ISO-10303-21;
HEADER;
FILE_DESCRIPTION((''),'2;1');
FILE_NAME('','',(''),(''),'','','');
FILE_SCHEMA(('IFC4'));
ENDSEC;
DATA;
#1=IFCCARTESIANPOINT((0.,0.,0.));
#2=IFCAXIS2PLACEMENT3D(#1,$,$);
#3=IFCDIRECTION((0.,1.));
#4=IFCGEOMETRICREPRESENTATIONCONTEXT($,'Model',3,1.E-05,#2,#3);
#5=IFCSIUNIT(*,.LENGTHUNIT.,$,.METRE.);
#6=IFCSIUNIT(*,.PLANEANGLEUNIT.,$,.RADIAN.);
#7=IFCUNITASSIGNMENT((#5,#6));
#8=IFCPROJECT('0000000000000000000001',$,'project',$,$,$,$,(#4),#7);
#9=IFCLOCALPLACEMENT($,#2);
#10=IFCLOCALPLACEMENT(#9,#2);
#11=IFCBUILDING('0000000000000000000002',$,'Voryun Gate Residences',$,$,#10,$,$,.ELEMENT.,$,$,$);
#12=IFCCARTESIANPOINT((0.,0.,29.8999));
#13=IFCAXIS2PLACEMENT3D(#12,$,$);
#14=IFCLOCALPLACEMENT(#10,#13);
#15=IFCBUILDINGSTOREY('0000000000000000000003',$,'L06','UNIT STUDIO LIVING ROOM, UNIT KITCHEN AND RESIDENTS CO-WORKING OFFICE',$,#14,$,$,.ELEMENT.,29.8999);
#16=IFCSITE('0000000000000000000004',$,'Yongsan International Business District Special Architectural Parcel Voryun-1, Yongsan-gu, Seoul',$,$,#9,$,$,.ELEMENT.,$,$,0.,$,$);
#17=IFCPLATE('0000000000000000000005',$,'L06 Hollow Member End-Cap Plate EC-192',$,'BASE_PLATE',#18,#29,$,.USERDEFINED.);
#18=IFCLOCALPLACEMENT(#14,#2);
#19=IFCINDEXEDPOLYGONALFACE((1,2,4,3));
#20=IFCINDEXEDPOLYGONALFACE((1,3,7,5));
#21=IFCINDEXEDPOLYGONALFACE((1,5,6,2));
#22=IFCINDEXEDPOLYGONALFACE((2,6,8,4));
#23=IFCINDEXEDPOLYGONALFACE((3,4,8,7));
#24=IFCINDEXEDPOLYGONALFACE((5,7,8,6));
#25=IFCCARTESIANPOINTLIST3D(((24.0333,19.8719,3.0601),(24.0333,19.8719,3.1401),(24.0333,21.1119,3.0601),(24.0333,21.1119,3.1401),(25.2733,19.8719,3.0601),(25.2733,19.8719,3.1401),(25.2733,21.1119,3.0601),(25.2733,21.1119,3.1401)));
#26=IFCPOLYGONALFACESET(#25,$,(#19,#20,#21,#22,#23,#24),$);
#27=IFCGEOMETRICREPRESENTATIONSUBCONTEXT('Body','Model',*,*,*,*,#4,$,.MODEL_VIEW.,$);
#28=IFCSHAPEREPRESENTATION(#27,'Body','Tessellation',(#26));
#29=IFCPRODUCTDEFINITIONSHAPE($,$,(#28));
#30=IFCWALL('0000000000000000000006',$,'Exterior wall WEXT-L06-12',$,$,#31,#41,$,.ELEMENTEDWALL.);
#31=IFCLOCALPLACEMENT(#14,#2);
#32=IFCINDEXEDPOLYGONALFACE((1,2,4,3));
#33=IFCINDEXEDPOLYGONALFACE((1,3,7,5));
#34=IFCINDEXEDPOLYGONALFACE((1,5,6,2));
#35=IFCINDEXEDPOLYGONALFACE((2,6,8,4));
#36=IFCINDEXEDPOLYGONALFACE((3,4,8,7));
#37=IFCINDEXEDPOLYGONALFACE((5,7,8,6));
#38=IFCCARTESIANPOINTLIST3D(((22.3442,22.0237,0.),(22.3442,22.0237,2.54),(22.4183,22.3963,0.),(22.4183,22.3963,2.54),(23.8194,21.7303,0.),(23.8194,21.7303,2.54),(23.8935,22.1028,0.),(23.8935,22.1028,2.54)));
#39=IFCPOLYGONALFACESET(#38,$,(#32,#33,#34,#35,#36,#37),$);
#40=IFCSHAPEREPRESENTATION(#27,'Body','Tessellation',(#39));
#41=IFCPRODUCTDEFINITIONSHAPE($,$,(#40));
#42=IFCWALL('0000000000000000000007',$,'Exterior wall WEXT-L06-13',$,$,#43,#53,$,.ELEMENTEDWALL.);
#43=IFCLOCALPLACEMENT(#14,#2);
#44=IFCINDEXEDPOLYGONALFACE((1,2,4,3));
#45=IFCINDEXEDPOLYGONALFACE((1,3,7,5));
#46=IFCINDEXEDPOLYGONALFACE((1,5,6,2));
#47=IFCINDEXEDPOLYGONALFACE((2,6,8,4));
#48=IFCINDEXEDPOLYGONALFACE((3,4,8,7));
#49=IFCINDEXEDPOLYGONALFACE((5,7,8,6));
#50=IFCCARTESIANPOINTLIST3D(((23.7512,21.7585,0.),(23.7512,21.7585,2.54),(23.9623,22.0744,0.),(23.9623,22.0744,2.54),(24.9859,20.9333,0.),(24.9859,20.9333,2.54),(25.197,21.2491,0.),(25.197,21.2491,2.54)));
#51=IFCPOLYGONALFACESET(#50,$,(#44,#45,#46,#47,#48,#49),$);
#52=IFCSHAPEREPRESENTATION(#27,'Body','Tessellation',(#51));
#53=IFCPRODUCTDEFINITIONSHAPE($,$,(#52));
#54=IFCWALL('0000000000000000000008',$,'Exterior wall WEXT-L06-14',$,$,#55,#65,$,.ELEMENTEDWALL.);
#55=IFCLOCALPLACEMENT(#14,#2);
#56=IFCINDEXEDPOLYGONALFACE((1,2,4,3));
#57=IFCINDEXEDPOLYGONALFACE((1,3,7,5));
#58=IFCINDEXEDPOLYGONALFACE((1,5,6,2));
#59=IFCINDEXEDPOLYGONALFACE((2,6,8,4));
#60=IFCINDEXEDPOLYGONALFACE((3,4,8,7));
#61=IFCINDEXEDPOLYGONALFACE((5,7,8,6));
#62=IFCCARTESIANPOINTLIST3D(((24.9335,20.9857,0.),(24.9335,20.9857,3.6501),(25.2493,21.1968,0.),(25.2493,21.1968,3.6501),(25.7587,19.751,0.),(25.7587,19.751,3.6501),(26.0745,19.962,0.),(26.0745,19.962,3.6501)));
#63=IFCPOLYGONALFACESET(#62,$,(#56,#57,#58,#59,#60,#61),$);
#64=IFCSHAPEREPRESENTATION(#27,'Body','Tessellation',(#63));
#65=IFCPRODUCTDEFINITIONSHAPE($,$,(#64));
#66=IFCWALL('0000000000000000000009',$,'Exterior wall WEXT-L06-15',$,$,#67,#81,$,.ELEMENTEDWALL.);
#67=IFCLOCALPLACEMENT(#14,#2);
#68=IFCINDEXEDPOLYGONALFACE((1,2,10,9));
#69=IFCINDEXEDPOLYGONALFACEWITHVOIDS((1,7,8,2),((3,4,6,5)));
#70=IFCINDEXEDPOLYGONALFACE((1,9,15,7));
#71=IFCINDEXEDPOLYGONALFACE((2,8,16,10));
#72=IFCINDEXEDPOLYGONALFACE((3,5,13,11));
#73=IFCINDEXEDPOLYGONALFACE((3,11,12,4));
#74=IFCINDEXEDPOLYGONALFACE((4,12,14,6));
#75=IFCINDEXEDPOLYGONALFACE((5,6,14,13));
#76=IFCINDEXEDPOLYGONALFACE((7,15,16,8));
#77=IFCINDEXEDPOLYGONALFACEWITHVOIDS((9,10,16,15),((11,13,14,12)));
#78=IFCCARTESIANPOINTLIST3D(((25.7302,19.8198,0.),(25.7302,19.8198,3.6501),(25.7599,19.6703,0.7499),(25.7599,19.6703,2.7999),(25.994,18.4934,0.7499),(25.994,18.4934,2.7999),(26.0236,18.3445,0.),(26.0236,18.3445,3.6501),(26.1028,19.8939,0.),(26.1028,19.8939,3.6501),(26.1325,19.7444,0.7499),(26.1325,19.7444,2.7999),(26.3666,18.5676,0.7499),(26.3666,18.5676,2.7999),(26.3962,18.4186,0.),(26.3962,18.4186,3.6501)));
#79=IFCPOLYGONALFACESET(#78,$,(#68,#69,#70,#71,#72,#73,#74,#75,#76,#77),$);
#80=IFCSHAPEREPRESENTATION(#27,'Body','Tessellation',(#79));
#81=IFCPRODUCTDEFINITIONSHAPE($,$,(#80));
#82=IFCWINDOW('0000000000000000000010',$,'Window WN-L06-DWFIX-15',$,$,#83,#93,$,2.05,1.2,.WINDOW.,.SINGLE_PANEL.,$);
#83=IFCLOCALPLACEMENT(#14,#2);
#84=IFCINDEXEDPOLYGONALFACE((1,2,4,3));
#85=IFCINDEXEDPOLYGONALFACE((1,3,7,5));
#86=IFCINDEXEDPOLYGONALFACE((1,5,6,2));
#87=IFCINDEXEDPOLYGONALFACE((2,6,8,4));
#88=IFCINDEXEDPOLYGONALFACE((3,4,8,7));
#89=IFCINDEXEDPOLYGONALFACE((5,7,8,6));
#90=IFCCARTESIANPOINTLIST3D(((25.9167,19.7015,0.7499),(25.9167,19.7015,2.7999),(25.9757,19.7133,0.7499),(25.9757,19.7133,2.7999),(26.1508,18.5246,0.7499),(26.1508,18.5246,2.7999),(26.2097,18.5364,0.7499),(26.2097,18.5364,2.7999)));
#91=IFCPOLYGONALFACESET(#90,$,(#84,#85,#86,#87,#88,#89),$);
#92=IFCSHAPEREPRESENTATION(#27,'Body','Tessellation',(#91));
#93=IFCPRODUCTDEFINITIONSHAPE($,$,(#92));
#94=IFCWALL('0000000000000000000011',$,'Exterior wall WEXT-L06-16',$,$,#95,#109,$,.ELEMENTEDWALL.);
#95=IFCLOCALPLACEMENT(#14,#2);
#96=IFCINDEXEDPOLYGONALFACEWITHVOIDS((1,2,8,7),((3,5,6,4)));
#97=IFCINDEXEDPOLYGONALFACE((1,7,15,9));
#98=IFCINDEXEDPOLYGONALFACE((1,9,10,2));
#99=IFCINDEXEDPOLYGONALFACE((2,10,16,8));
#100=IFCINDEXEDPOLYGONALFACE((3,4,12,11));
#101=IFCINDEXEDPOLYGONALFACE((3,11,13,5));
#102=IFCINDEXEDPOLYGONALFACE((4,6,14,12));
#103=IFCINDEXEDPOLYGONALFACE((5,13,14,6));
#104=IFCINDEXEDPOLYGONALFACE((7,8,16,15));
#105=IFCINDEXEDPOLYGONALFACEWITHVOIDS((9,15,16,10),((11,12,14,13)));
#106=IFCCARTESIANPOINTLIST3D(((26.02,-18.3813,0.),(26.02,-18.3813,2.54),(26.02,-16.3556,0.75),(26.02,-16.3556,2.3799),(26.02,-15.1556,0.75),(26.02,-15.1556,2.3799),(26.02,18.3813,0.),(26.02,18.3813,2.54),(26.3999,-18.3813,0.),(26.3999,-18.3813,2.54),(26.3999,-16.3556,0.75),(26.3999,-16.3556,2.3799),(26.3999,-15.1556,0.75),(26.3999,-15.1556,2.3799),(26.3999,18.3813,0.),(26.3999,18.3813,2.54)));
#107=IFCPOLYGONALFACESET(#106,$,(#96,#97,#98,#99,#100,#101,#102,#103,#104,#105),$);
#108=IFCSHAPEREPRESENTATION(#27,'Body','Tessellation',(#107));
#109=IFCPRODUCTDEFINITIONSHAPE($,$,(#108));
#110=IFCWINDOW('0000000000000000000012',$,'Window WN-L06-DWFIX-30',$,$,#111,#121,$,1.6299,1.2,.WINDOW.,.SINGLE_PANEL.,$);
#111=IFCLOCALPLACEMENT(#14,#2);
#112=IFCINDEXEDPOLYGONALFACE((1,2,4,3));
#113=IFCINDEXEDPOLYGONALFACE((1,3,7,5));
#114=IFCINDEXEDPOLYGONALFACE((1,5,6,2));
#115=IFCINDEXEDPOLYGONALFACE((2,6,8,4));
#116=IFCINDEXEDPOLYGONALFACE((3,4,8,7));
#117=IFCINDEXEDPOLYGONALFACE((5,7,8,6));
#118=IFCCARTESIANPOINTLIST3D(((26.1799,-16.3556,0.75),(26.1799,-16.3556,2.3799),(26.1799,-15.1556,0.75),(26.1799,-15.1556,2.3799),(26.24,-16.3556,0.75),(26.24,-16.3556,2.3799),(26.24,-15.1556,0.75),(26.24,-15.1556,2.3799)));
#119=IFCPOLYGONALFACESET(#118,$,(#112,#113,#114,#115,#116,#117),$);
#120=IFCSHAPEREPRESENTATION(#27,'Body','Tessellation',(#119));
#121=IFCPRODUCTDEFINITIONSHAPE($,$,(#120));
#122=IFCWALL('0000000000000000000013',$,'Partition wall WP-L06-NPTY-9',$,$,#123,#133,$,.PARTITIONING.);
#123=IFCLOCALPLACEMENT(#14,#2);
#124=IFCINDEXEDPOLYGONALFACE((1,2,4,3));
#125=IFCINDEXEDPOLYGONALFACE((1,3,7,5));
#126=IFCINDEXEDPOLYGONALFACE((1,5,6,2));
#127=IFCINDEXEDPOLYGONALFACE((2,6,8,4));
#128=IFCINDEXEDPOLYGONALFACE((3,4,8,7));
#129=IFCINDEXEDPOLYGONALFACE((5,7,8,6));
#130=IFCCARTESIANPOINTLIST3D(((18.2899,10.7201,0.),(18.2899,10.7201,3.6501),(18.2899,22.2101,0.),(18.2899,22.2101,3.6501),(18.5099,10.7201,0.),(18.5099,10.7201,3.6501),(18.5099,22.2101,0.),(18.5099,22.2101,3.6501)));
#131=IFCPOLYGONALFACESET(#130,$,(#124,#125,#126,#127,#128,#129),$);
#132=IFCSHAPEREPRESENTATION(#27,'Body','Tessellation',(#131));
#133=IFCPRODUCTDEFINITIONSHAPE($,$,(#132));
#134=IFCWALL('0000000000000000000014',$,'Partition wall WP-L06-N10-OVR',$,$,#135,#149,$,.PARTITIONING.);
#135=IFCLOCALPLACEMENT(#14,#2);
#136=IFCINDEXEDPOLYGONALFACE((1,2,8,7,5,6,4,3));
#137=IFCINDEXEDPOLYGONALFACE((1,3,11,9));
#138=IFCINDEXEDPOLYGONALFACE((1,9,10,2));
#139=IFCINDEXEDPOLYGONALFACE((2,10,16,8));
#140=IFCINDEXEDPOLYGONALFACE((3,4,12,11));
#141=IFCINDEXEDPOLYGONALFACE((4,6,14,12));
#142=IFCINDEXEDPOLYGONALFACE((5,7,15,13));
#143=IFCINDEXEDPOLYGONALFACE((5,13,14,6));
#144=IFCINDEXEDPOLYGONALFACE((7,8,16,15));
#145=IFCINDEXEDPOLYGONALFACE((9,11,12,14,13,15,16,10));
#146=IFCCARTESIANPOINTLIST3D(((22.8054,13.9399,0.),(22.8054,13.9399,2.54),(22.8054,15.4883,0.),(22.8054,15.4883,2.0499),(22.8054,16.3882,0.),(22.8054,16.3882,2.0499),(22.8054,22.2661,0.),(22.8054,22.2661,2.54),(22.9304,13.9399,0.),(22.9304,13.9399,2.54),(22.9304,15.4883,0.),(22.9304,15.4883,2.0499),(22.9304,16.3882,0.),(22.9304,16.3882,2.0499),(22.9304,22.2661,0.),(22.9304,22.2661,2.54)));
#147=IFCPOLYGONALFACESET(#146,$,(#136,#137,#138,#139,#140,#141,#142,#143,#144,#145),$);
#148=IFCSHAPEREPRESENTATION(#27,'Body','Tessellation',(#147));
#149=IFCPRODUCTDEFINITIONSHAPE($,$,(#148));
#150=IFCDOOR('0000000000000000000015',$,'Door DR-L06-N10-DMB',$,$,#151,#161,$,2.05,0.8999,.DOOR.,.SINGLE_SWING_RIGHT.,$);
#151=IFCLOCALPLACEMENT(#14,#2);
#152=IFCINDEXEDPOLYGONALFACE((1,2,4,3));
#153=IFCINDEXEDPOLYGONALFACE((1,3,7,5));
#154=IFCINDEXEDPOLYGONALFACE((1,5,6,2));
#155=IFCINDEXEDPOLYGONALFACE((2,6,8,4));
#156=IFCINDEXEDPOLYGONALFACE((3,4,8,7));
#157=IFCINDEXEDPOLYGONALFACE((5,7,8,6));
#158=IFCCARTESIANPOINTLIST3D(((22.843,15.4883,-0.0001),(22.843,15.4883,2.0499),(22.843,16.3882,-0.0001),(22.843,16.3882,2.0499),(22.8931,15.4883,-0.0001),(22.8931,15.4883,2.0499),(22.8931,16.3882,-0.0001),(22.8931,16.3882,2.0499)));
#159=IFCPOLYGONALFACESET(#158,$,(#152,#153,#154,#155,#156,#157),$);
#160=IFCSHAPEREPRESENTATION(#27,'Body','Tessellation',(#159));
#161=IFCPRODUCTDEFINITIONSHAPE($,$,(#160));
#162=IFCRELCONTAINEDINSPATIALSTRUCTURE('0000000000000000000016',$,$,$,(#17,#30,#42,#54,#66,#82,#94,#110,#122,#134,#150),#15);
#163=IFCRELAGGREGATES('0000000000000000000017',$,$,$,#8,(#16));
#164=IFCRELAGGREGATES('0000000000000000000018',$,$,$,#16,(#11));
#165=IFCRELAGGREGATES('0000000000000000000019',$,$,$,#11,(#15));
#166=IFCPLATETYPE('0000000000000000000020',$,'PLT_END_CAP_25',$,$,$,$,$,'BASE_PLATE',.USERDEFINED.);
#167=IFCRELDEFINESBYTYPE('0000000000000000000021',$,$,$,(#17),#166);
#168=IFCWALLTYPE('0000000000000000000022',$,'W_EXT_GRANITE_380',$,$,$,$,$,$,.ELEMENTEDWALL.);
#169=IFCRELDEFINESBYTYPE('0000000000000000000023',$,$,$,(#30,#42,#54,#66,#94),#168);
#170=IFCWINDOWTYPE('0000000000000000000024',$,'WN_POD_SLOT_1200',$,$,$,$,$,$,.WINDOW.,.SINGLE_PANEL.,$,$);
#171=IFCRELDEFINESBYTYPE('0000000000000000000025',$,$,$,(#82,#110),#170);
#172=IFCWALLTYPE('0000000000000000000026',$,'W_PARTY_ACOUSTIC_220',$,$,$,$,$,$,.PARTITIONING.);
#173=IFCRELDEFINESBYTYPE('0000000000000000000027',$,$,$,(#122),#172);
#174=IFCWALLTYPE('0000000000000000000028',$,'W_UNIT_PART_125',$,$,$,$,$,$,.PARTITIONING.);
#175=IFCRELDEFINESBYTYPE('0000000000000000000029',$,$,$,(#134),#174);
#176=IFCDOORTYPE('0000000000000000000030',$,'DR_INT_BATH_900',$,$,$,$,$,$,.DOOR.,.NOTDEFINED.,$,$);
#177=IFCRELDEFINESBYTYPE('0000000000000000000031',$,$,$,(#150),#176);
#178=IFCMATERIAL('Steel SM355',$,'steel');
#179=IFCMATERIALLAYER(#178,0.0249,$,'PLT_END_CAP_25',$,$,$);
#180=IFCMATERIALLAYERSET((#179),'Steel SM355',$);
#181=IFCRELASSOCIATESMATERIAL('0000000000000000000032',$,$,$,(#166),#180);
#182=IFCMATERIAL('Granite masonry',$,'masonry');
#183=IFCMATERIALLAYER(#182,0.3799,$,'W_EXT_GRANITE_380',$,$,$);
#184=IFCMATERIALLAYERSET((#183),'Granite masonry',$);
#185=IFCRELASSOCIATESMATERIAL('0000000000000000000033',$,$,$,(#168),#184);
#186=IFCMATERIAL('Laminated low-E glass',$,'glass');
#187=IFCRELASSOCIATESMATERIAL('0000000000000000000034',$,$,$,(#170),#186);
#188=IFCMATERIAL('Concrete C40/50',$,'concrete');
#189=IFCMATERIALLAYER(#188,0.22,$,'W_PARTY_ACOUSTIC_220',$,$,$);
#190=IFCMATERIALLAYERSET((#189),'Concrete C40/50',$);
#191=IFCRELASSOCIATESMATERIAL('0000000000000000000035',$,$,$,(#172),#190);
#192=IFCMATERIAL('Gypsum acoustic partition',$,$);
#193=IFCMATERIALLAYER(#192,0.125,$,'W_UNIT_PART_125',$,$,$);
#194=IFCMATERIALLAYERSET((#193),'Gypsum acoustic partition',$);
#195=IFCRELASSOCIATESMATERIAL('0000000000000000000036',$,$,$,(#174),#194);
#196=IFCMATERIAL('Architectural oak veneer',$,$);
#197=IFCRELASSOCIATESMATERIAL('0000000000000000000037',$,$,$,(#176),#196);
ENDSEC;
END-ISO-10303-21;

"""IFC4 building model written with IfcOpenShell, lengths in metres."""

from ifc_helpers import new_model, si_unit, direction, frame, frame_2d, origin, origin_2d, place, context, subcontext, project, spatial, rectangle, extrude, material, layer, layer_set, type_object, element, fill, save


model = new_model("IFC4")

# Units and contexts
model_context = context("Model", 3, precision=1e-05, world=origin(), true_north=direction((0.0, 1.0)))
body_context = subcontext(model_context, "Body", "Model", "MODEL_VIEW")
ifc_project = project(units=[si_unit("LENGTHUNIT", "METRE"), si_unit("PLANEANGLEUNIT", "RADIAN")], contexts=[model_context])

# Site, building, storey
site_placement = place(None, origin())
site = spatial("IfcSite", under=ifc_project, at=site_placement, Name="Yongsan International Business District Special Architectural Parcel Voryun-1, Yongsan-gu, Seoul", CompositionType="ELEMENT", RefElevation=0.0)
building_placement = place(site_placement, origin())
building = spatial("IfcBuilding", under=site, at=building_placement, Name="Voryun Gate Residences", CompositionType="ELEMENT")
storey_placement = place(building_placement, frame((0.0, 0.0, 29.8999)))
storey = spatial("IfcBuildingStorey", under=building, at=storey_placement, Name="L06", Description="UNIT STUDIO LIVING ROOM, UNIT KITCHEN AND RESIDENTS CO-WORKING OFFICE", CompositionType="ELEMENT", Elevation=29.8999)

# Plate
ifc_material_1 = material(Name="Steel SM355", Category="steel")
ifc_layer_1 = layer(ifc_material_1, 0.0249, Name="PLT_END_CAP_25")
ifc_layer_set_1 = layer_set([ifc_layer_1], Name="Steel SM355")
plate_type = type_object("IfcPlateType", Name="PLT_END_CAP_25", ElementType="BASE_PLATE", PredefinedType="USERDEFINED", material=ifc_layer_set_1)
for number, where, z_axis, x_axis, name in (
    (1, (24.6533, 20.4919, 3.0601), (0.0, 0.0, 1.0), (1.0, 0.0, 0.0), "L06 Hollow Member End-Cap Plate EC-192"),
):
    element("IfcPlate", number, at=place(storey_placement, frame(where, z_axis=z_axis, x_axis=x_axis)), inside=storey, type_object=plate_type, Name=name, ObjectType="BASE_PLATE", PredefinedType="USERDEFINED", context=body_context, shape_type="SweptSolid", body=[
        extrude(rectangle(XDim=1.24, YDim=1.24, at=origin_2d()), origin(), (0.0, 0.0, 1.0), 0.0801),
    ])

# Walls
ifc_material_2 = material(Name="Granite masonry", Category="masonry")
ifc_layer_2 = layer(ifc_material_2, 0.3799, Name="W_EXT_GRANITE_380")
ifc_layer_set_2 = layer_set([ifc_layer_2], Name="Granite masonry")
wall_type_1 = type_object("IfcWallType", Name="W_EXT_GRANITE_380", PredefinedType="ELEMENTEDWALL", material=ifc_layer_set_2)
wall_1_placement = place(storey_placement, frame((22.3813, 22.21, 0.0), z_axis=(0.0, 0.0, 1.0), x_axis=(0.980786, -0.195086, 0.0)))
element("IfcWall", 2, at=wall_1_placement, inside=storey, type_object=wall_type_1, Name="Exterior wall WEXT-L06-12", PredefinedType="ELEMENTEDWALL", context=body_context, shape_type="SweptSolid", body=[
    extrude(rectangle(XDim=1.5042, YDim=0.3799, at=frame_2d((0.752, 0.0))), origin(), (0.0, 0.0, 1.0), 2.54),
])
wall_2_placement = place(storey_placement, frame((23.8567, 21.9165, 0.0), z_axis=(0.0, 0.0, 1.0), x_axis=(0.831392, -0.555686, 0.0)))
element("IfcWall", 3, at=wall_2_placement, inside=storey, type_object=wall_type_1, Name="Exterior wall WEXT-L06-13", PredefinedType="ELEMENTEDWALL", context=body_context, shape_type="SweptSolid", body=[
    extrude(rectangle(XDim=1.4851, YDim=0.3799, at=frame_2d((0.7427, 0.0))), origin(), (0.0, 0.0, 1.0), 2.54),
])
wall_3_placement = place(storey_placement, frame((25.0913, 21.0913, 0.0), z_axis=(0.0, 0.0, 1.0), x_axis=(0.555686, -0.831392, 0.0)))
element("IfcWall", 4, at=wall_3_placement, inside=storey, type_object=wall_type_1, Name="Exterior wall WEXT-L06-14", PredefinedType="ELEMENTEDWALL", context=body_context, shape_type="SweptSolid", body=[
    extrude(rectangle(XDim=1.4851, YDim=0.3799, at=frame_2d((0.7427, 0.0))), origin(), (0.0, 0.0, 1.0), 3.6501),
])

# Walls, openings, windows
wall_4_placement = place(storey_placement, frame((25.9165, 19.8567, 0.0), z_axis=(0.0, 0.0, 1.0), x_axis=(0.195086, -0.980786, 0.0)))
wall_4 = element("IfcWall", 5, at=wall_4_placement, inside=storey, type_object=wall_type_1, Name="Exterior wall WEXT-L06-15", PredefinedType="ELEMENTEDWALL", context=body_context, shape_type="SweptSolid", body=[
    extrude(rectangle(XDim=1.5042, YDim=0.3799, at=frame_2d((0.752, 0.0))), origin(), (0.0, 0.0, 1.0), 3.6501),
])
opening_1_placement = place(wall_4_placement, frame((0.1521, 0.0, 0.75)))
opening_1 = element("IfcOpeningElement", 6, at=opening_1_placement, cuts=wall_4, PredefinedType="OPENING", context=body_context, shape_type="SweptSolid", body=[
    extrude(rectangle(XDim=1.2, YDim=2.05, at=frame_2d((0.6001, 1.0249))), frame((0.0, 0.2, 0.0), z_axis=(0.0, -1.0, 0.0), x_axis=(1.0, 0.0, 0.0)), (0.0, 0.0, 1.0), 0.3999),
])
ifc_material_3 = material(Name="Laminated low-E glass", Category="glass")
window_type = type_object("IfcWindowType", Name="WN_POD_SLOT_1200", PartitioningType="SINGLE_PANEL", PredefinedType="WINDOW", material=ifc_material_3)
window_1_placement = place(opening_1_placement, origin())
window_1 = element("IfcWindow", 7, at=window_1_placement, inside=storey, type_object=window_type, Name="Window WN-L06-DWFIX-15", OverallHeight=2.05, OverallWidth=1.2, PartitioningType="SINGLE_PANEL", PredefinedType="WINDOW", context=body_context, shape_type="SweptSolid", body=[
    extrude(rectangle(XDim=1.2, YDim=2.05, at=frame_2d((0.6001, 1.0249))), frame((0.0, 0.03, 0.0), z_axis=(0.0, -1.0, 0.0), x_axis=(1.0, 0.0, 0.0)), (0.0, 0.0, 1.0), 0.0601),
])
fill(opening_1, window_1)
wall_5_placement = place(storey_placement, frame((26.21, 18.3813, 0.0), z_axis=(0.0, 0.0, 1.0), x_axis=(0.0, -1.0, 0.0)))
wall_5 = element("IfcWall", 8, at=wall_5_placement, inside=storey, type_object=wall_type_1, Name="Exterior wall WEXT-L06-16", PredefinedType="ELEMENTEDWALL", context=body_context, shape_type="SweptSolid", body=[
    extrude(rectangle(XDim=36.7627, YDim=0.3799, at=frame_2d((18.3813, 0.0))), origin(), (0.0, 0.0, 1.0), 2.54),
])
opening_2_placement = place(wall_5_placement, frame((33.5369, 0.0, 0.75)))
opening_2 = element("IfcOpeningElement", 9, at=opening_2_placement, cuts=wall_5, PredefinedType="OPENING", context=body_context, shape_type="SweptSolid", body=[
    extrude(rectangle(XDim=1.2, YDim=1.6299, at=frame_2d((0.6001, 0.8149))), frame((0.0, 0.2, 0.0), z_axis=(0.0, -1.0, 0.0), x_axis=(1.0, 0.0, 0.0)), (0.0, 0.0, 1.0), 0.3999),
])
window_2_placement = place(opening_2_placement, origin())
window_2 = element("IfcWindow", 10, at=window_2_placement, inside=storey, type_object=window_type, Name="Window WN-L06-DWFIX-30", OverallHeight=1.6299, OverallWidth=1.2, PartitioningType="SINGLE_PANEL", PredefinedType="WINDOW", context=body_context, shape_type="SweptSolid", body=[
    extrude(rectangle(XDim=1.2, YDim=1.6299, at=frame_2d((0.6001, 0.8149))), frame((0.0, 0.03, 0.0), z_axis=(0.0, -1.0, 0.0), x_axis=(1.0, 0.0, 0.0)), (0.0, 0.0, 1.0), 0.0601),
])
fill(opening_2, window_2)

# Wall
ifc_material_4 = material(Name="Concrete C40/50", Category="concrete")
ifc_layer_3 = layer(ifc_material_4, 0.22, Name="W_PARTY_ACOUSTIC_220")
ifc_layer_set_3 = layer_set([ifc_layer_3], Name="Concrete C40/50")
wall_type_2 = type_object("IfcWallType", Name="W_PARTY_ACOUSTIC_220", PredefinedType="PARTITIONING", material=ifc_layer_set_3)
wall_6_placement = place(storey_placement, frame((18.3999, 10.72, 0.0), z_axis=(0.0, 0.0, 1.0), x_axis=(0.0, 1.0, 0.0)))
element("IfcWall", 11, at=wall_6_placement, inside=storey, type_object=wall_type_2, Name="Partition wall WP-L06-NPTY-9", PredefinedType="PARTITIONING", context=body_context, shape_type="SweptSolid", body=[
    extrude(rectangle(XDim=11.49, YDim=0.22, at=frame_2d((5.7451, 0.0))), origin(), (0.0, 0.0, 1.0), 3.6501),
])

# Wall, opening, door
ifc_material_5 = material(Name="Gypsum acoustic partition")
ifc_layer_4 = layer(ifc_material_5, 0.125, Name="W_UNIT_PART_125")
ifc_layer_set_4 = layer_set([ifc_layer_4], Name="Gypsum acoustic partition")
wall_type_3 = type_object("IfcWallType", Name="W_UNIT_PART_125", PredefinedType="PARTITIONING", material=ifc_layer_set_4)
wall_7_placement = place(storey_placement, frame((22.8679, 13.9399, 0.0), z_axis=(0.0, 0.0, 1.0), x_axis=(0.0, 1.0, 0.0)))
wall_7 = element("IfcWall", 12, at=wall_7_placement, inside=storey, type_object=wall_type_3, Name="Partition wall WP-L06-N10-OVR", PredefinedType="PARTITIONING", context=body_context, shape_type="SweptSolid", body=[
    extrude(rectangle(XDim=8.3262, YDim=0.125, at=frame_2d((4.1631, 0.0))), origin(), (0.0, 0.0, 1.0), 2.54),
])
opening_3_placement = place(wall_7_placement, frame((1.5483, 0.0, 0.0)))
opening_3 = element("IfcOpeningElement", 13, at=opening_3_placement, cuts=wall_7, PredefinedType="OPENING", context=body_context, shape_type="SweptSolid", body=[
    extrude(rectangle(XDim=0.8999, YDim=2.05, at=frame_2d((0.45, 1.0249))), frame((0.0, 0.0725, 0.0), z_axis=(0.0, -1.0, 0.0), x_axis=(1.0, 0.0, 0.0)), (0.0, 0.0, 1.0), 0.145),
])
ifc_material_6 = material(Name="Architectural oak veneer")
door_type_1 = type_object("IfcDoorType", Name="DR_INT_BATH_900", OperationType="NOTDEFINED", PredefinedType="DOOR", material=ifc_material_6)
door_1_placement = place(opening_3_placement, origin())
door_1 = element("IfcDoor", 14, at=door_1_placement, inside=storey, type_object=door_type_1, Name="Door DR-L06-N10-DMB", OperationType="SINGLE_SWING_RIGHT", OverallHeight=2.05, OverallWidth=0.8999, PredefinedType="DOOR", context=body_context, shape_type="SweptSolid", body=[
    extrude(rectangle(XDim=0.8999, YDim=2.05, at=frame_2d((0.45, 1.0249))), frame((0.0, 0.0249, 0.0), z_axis=(0.0, -1.0, 0.0), x_axis=(1.0, 0.0, 0.0)), (0.0, 0.0, 1.0), 0.05),
])
fill(opening_3, door_1)

save(model, "model.ifc")
